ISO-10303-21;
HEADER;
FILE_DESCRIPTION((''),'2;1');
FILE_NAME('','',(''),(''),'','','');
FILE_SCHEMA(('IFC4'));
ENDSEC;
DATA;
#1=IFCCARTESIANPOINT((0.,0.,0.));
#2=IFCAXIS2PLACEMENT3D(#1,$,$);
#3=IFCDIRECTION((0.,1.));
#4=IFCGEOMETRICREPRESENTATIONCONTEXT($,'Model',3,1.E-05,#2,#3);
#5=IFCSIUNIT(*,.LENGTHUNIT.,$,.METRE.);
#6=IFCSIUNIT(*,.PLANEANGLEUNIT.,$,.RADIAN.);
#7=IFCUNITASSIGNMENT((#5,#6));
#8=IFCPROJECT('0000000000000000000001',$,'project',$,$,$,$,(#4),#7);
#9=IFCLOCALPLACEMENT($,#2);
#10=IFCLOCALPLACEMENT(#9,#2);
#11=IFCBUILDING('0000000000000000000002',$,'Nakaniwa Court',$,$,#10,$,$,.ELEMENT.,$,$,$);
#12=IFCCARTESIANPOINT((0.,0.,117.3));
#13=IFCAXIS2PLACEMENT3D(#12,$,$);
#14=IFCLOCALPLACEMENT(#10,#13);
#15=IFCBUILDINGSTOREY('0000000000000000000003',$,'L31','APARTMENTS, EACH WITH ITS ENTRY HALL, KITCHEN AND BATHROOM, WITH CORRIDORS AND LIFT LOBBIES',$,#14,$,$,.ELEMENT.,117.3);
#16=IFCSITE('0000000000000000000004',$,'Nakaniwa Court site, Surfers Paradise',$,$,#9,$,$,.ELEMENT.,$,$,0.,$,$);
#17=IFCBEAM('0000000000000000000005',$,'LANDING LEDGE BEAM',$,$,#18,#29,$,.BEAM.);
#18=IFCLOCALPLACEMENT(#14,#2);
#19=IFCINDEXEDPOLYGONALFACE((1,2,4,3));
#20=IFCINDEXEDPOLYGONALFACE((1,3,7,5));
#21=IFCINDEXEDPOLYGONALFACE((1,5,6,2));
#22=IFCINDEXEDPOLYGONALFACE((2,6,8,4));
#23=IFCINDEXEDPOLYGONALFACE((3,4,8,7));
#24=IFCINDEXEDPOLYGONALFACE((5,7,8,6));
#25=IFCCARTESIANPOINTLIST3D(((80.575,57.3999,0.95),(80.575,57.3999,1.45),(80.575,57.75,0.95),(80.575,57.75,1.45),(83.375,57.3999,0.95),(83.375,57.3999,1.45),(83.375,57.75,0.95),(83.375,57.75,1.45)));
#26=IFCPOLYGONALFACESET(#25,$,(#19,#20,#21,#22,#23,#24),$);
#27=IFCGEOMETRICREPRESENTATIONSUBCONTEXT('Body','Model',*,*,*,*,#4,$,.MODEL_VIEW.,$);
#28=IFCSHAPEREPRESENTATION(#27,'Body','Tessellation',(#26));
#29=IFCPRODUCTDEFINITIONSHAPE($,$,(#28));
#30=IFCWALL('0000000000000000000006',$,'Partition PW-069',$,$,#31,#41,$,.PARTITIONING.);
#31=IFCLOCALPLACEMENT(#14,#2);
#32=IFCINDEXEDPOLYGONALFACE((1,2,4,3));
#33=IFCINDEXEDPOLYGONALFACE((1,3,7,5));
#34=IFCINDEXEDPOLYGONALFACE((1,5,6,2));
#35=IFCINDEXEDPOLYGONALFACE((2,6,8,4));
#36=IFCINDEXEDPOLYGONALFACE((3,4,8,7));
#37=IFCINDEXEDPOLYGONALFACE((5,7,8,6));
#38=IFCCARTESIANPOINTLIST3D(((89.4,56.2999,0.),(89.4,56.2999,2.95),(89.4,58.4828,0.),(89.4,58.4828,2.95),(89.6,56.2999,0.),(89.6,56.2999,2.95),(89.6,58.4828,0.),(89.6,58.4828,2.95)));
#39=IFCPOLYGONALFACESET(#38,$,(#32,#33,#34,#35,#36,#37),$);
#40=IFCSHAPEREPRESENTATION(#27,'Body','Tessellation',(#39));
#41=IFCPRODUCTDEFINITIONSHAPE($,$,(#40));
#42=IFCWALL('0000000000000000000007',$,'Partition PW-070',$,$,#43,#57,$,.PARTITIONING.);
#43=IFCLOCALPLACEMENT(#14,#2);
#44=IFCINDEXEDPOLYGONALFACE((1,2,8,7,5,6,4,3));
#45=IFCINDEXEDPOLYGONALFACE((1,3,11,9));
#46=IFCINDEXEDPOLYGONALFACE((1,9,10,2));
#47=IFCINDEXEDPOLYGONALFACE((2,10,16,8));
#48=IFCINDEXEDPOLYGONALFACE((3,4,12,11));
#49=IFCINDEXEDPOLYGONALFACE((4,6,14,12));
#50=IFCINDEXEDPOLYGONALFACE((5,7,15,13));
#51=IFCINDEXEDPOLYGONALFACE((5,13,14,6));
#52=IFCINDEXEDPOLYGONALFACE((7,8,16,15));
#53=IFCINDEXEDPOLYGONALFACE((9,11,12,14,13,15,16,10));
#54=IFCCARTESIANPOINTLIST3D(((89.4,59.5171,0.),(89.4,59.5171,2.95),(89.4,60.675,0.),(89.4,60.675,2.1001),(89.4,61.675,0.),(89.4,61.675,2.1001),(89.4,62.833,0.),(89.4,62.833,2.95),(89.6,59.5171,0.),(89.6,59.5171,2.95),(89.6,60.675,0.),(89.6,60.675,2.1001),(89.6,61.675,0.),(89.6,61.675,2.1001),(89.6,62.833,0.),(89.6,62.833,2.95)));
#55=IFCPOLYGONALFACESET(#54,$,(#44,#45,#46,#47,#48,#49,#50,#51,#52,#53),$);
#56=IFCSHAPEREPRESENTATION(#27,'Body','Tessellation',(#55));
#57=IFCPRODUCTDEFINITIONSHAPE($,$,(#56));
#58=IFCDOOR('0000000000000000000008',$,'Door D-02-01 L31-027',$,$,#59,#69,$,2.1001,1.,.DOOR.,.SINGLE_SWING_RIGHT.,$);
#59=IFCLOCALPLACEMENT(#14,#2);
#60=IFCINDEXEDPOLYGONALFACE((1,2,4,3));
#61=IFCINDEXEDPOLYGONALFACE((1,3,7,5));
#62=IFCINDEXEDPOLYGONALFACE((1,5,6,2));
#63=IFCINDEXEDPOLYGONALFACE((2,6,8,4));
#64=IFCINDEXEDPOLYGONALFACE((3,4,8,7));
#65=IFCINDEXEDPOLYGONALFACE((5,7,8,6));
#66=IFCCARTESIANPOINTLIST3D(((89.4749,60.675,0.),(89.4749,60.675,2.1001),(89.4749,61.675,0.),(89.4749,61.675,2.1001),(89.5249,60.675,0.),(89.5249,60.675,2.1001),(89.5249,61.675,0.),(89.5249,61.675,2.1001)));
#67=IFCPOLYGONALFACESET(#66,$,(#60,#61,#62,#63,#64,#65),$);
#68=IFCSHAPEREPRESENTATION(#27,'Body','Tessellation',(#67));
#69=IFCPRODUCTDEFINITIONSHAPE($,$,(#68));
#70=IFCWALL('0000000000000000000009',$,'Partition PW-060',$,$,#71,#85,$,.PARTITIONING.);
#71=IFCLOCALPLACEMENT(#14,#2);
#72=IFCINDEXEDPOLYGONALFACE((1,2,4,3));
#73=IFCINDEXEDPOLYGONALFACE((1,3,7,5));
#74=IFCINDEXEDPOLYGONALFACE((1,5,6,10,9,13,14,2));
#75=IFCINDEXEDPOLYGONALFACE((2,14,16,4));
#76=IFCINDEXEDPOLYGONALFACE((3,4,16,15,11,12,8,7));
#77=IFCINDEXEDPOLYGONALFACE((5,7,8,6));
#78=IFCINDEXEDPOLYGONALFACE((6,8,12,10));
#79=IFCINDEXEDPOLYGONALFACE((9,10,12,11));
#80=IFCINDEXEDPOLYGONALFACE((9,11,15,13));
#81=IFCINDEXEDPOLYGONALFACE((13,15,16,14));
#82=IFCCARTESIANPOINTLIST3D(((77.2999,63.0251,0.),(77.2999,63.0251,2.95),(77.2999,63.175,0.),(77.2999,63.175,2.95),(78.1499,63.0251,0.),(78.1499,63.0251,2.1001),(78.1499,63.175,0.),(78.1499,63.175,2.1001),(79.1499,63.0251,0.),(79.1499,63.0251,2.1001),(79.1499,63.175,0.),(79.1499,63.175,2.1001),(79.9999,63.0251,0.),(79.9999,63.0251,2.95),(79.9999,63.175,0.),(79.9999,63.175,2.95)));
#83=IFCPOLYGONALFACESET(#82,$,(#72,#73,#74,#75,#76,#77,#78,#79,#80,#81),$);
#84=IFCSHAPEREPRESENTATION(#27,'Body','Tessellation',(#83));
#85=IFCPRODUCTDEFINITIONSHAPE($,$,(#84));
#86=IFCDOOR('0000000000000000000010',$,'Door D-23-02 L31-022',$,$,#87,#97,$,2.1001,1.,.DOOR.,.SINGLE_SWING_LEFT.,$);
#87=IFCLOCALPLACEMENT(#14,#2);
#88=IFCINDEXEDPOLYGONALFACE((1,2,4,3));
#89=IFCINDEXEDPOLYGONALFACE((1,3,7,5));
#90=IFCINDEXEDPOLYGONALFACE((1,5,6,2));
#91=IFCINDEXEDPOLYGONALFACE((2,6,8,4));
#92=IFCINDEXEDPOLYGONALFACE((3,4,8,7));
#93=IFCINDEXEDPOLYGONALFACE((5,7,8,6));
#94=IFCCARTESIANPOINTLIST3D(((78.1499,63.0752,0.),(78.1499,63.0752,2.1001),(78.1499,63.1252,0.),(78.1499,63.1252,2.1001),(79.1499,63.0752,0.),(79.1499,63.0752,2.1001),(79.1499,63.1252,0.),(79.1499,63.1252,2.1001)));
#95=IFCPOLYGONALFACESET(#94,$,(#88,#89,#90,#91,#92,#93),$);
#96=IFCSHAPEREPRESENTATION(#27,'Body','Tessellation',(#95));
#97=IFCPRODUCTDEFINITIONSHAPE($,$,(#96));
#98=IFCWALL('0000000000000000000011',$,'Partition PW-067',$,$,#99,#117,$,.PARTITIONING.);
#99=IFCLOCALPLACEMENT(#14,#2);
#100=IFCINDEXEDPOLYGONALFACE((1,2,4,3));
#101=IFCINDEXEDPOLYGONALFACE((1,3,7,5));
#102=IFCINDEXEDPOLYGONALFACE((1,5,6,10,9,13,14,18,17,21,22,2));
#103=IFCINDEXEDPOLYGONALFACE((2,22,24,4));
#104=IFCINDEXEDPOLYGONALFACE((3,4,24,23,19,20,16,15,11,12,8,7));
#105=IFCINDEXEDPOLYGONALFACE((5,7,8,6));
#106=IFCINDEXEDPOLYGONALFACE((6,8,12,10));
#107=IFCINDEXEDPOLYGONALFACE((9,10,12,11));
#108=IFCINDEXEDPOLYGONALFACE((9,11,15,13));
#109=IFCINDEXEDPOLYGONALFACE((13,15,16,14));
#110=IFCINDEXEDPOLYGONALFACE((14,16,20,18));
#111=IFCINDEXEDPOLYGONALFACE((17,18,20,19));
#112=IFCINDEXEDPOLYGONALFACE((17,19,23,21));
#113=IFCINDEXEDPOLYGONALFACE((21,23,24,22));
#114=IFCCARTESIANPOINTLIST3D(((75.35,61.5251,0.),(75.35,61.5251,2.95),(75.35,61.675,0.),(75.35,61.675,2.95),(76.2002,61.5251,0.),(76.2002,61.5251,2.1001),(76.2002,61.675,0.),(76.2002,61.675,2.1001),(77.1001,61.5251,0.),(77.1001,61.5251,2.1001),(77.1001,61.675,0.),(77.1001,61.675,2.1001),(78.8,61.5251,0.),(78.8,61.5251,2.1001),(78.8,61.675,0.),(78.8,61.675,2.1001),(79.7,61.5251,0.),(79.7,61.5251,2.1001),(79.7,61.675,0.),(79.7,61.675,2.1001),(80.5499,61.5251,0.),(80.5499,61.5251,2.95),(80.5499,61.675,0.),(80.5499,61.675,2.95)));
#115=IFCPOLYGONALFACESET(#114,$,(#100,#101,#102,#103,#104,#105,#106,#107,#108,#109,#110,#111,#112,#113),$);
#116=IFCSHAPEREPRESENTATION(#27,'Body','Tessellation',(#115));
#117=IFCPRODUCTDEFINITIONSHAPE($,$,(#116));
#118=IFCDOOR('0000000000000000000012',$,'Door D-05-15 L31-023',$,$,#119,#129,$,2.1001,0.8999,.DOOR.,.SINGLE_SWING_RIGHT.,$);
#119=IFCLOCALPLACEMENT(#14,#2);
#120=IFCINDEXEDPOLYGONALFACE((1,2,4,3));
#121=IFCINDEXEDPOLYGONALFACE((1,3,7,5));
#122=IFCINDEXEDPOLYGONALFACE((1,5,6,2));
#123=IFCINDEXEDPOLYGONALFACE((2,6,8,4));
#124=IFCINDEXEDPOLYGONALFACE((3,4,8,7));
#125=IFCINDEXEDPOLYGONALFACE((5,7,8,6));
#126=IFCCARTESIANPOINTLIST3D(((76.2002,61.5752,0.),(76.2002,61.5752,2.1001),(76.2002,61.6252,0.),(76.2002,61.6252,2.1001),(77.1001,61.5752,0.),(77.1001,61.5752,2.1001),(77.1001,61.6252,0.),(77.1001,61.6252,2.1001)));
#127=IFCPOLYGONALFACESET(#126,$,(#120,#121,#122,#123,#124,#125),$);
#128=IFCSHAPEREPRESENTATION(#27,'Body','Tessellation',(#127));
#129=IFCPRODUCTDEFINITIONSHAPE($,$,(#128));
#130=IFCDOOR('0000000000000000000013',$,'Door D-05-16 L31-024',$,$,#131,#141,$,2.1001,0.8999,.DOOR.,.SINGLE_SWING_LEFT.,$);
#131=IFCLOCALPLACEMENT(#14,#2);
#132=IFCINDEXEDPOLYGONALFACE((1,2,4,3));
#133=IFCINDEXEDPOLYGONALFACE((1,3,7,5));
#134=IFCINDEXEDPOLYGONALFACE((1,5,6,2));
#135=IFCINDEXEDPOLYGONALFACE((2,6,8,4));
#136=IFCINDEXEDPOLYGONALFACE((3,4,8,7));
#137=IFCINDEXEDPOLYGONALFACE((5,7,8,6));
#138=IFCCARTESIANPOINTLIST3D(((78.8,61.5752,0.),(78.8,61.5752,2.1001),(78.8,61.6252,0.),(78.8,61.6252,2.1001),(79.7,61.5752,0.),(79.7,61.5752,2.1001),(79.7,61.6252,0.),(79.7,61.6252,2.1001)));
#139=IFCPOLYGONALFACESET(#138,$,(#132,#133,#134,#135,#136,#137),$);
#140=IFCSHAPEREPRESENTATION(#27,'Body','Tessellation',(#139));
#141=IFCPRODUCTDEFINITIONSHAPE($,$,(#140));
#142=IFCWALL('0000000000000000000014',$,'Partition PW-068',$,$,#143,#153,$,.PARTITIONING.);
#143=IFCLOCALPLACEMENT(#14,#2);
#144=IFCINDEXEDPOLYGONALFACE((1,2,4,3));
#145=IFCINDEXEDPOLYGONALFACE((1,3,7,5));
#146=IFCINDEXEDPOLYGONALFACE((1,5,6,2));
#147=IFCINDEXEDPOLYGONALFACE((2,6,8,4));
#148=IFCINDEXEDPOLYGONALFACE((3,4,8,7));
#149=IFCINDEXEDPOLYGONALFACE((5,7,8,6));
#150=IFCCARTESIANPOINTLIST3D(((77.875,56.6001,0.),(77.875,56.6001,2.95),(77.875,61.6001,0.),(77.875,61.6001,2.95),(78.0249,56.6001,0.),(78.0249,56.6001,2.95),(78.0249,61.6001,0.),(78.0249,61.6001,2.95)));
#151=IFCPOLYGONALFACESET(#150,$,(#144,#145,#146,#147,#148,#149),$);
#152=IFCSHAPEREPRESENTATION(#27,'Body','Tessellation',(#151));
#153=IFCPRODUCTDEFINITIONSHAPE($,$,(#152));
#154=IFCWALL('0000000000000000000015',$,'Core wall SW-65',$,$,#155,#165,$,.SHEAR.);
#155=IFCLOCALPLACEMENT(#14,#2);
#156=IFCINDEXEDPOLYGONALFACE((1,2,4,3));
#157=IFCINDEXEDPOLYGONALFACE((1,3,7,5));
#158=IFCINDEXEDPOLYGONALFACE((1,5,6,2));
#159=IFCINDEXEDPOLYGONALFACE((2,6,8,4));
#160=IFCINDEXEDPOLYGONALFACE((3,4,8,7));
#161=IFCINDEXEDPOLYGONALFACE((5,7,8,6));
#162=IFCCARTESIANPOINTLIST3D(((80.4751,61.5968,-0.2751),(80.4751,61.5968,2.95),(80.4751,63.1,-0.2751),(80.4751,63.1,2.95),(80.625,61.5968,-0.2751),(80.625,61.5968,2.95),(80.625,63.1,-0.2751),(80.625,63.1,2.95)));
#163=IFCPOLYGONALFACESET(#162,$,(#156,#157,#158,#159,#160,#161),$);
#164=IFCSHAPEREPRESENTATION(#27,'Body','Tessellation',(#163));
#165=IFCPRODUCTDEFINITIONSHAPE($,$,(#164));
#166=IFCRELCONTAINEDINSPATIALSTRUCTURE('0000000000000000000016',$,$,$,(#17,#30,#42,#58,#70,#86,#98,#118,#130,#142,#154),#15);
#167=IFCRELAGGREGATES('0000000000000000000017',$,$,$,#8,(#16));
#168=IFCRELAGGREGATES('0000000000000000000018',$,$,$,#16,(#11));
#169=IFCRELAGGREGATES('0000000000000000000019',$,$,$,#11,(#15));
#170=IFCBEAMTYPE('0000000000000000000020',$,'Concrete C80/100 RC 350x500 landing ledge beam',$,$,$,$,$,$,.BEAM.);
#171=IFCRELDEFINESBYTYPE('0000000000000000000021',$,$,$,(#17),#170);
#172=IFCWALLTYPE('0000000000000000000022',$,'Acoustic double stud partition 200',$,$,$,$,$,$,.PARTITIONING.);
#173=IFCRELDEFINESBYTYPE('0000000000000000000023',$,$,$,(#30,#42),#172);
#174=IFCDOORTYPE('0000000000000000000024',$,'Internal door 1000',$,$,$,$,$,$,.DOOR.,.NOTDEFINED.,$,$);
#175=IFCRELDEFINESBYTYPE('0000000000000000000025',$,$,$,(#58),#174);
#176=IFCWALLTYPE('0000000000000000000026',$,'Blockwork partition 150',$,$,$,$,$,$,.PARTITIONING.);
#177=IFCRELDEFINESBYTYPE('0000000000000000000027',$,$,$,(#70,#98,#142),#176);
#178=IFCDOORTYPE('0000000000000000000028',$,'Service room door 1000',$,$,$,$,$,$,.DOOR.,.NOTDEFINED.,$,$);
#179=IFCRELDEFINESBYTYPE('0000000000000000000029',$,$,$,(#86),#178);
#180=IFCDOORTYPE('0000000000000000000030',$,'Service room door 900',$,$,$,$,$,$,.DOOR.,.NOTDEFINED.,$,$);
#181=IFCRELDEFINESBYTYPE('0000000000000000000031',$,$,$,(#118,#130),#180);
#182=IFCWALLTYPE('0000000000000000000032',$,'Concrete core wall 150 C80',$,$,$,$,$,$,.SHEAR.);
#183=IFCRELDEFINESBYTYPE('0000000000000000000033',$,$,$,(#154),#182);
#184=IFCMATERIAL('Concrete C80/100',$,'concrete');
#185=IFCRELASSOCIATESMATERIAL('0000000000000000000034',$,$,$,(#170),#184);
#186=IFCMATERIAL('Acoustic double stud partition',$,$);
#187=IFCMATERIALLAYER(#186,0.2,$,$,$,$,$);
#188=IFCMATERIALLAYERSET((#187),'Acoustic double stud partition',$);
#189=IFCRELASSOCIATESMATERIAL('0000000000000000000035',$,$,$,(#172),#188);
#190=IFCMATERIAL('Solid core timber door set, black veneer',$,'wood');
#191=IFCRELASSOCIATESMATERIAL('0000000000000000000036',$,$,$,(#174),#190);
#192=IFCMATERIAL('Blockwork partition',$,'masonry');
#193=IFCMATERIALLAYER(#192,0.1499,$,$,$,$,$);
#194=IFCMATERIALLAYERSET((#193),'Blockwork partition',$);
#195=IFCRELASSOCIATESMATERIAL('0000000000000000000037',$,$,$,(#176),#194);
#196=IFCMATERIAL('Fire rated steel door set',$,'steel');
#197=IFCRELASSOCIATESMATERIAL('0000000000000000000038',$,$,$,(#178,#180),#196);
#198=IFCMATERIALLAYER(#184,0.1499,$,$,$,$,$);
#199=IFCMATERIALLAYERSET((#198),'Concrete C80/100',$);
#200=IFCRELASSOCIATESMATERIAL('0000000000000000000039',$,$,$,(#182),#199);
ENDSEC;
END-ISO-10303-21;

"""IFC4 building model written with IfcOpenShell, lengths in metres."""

from ifc_helpers import new_model, si_unit, direction, frame, frame_2d, origin, origin_2d, place, context, subcontext, project, spatial, rectangle, extrude, material, layer, layer_set, material_profile, profile_set, type_object, element, fill, save


model = new_model("IFC4")

# Units and contexts
model_context = context("Model", 3, precision=1e-05, world=origin(), true_north=direction((0.0, 1.0)))
body_context = subcontext(model_context, "Body", "Model", "MODEL_VIEW")
ifc_project = project(units=[si_unit("LENGTHUNIT", "METRE"), si_unit("PLANEANGLEUNIT", "RADIAN")], contexts=[model_context])

# Site, building, storey
site_placement = place(None, origin())
site = spatial("IfcSite", under=ifc_project, at=site_placement, Name="Nakaniwa Court site, Surfers Paradise", CompositionType="ELEMENT", RefElevation=0.0)
building_placement = place(site_placement, origin())
building = spatial("IfcBuilding", under=site, at=building_placement, Name="Nakaniwa Court", CompositionType="ELEMENT")
storey_placement = place(building_placement, frame((0.0, 0.0, 117.3)))
storey = spatial("IfcBuildingStorey", under=building, at=storey_placement, Name="L31", Description="APARTMENTS, EACH WITH ITS ENTRY HALL, KITCHEN AND BATHROOM, WITH CORRIDORS AND LIFT LOBBIES", CompositionType="ELEMENT", Elevation=117.3)

# Beam
ifc_material_1 = material(Name="Concrete C80/100", Category="concrete")
ifc_material_profile = material_profile(ifc_material_1, rectangle(XDim=0.3501, YDim=0.5, at=origin_2d()), Name="Concrete C80/100 RC 350x500 landing ledge beam")
ifc_profile_set = profile_set([ifc_material_profile], Name="Concrete C80/100")
beam_type = type_object("IfcBeamType", Name="Concrete C80/100 RC 350x500 landing ledge beam", PredefinedType="BEAM", material=ifc_profile_set)
beam_placement = place(storey_placement, frame((80.575, 57.575, 1.2), z_axis=(1.0, 0.0, 0.0), x_axis=(0.0, 1.0, 0.0)))
element("IfcBeam", 1, at=beam_placement, inside=storey, type_object=beam_type, Name="LANDING LEDGE BEAM", PredefinedType="BEAM", context=body_context, shape_type="SweptSolid", body=[
    extrude(rectangle(XDim=0.3501, YDim=0.5, at=origin_2d()), origin(), (0.0, 0.0, 1.0), 2.8),
])

# Wall
ifc_material_2 = material(Name="Acoustic double stud partition")
ifc_layer_1 = layer(ifc_material_2, 0.2)
ifc_layer_set_1 = layer_set([ifc_layer_1], Name="Acoustic double stud partition")
wall_type_1 = type_object("IfcWallType", Name="Acoustic double stud partition 200", PredefinedType="PARTITIONING", material=ifc_layer_set_1)
wall_1_placement = place(storey_placement, frame((89.5, 56.3, 0.0), z_axis=(0.0, 0.0, 1.0), x_axis=(0.0, 1.0, 0.0)))
element("IfcWall", 2, at=wall_1_placement, inside=storey, type_object=wall_type_1, Name="Partition PW-069", PredefinedType="PARTITIONING", context=body_context, shape_type="SweptSolid", body=[
    extrude(rectangle(XDim=2.1829, YDim=0.2, at=frame_2d((1.0913, 0.0))), origin(), (0.0, 0.0, 1.0), 2.95),
])

# Walls, openings, doors
wall_2_placement = place(storey_placement, frame((89.5, 62.833, 0.0), z_axis=(0.0, 0.0, 1.0), x_axis=(0.0, -1.0, 0.0)))
wall_2 = element("IfcWall", 3, at=wall_2_placement, inside=storey, type_object=wall_type_1, Name="Partition PW-070", PredefinedType="PARTITIONING", context=body_context, shape_type="SweptSolid", body=[
    extrude(rectangle(XDim=3.3159, YDim=0.2, at=frame_2d((1.658, 0.0))), origin(), (0.0, 0.0, 1.0), 2.95),
])
opening_1_placement = place(wall_2_placement, frame((1.158, 0.0, 0.0)))
opening_1 = element("IfcOpeningElement", 4, at=opening_1_placement, cuts=wall_2, PredefinedType="OPENING", context=body_context, shape_type="SweptSolid", body=[
    extrude(rectangle(XDim=1.0, YDim=2.1001, at=frame_2d((0.5, 1.05))), frame((0.0, 0.1099, 0.0), z_axis=(0.0, -1.0, 0.0), x_axis=(1.0, 0.0, 0.0)), (0.0, 0.0, 1.0), 0.22),
])
ifc_material_3 = material(Name="Solid core timber door set, black veneer", Category="wood")
door_type_1 = type_object("IfcDoorType", Name="Internal door 1000", OperationType="NOTDEFINED", PredefinedType="DOOR", material=ifc_material_3)
door_1_placement = place(opening_1_placement, origin())
door_1 = element("IfcDoor", 5, at=door_1_placement, inside=storey, type_object=door_type_1, Name="Door D-02-01 L31-027", OperationType="SINGLE_SWING_RIGHT", OverallHeight=2.1001, OverallWidth=1.0, PredefinedType="DOOR", context=body_context, shape_type="SweptSolid", body=[
    extrude(rectangle(XDim=1.0, YDim=2.1001, at=frame_2d((0.5, 1.05))), frame((0.0, 0.0249, 0.0), z_axis=(0.0, -1.0, 0.0), x_axis=(1.0, 0.0, 0.0)), (0.0, 0.0, 1.0), 0.05),
])
fill(opening_1, door_1)
ifc_material_4 = material(Name="Blockwork partition", Category="masonry")
ifc_layer_2 = layer(ifc_material_4, 0.1499)
ifc_layer_set_2 = layer_set([ifc_layer_2], Name="Blockwork partition")
wall_type_2 = type_object("IfcWallType", Name="Blockwork partition 150", PredefinedType="PARTITIONING", material=ifc_layer_set_2)
wall_3_placement = place(storey_placement, frame((80.0, 63.1001, 0.0), z_axis=(0.0, 0.0, 1.0), x_axis=(-1.0, 0.0, 0.0)))
wall_3 = element("IfcWall", 6, at=wall_3_placement, inside=storey, type_object=wall_type_2, Name="Partition PW-060", PredefinedType="PARTITIONING", context=body_context, shape_type="SweptSolid", body=[
    extrude(rectangle(XDim=2.7, YDim=0.1499, at=frame_2d((1.3501, 0.0))), origin(), (0.0, 0.0, 1.0), 2.95),
])
opening_2_placement = place(wall_3_placement, frame((0.8501, 0.0, 0.0)))
opening_2 = element("IfcOpeningElement", 7, at=opening_2_placement, cuts=wall_3, PredefinedType="OPENING", context=body_context, shape_type="SweptSolid", body=[
    extrude(rectangle(XDim=1.0, YDim=2.1001, at=frame_2d((0.5, 1.05))), frame((0.0, 0.085, 0.0), z_axis=(0.0, -1.0, 0.0), x_axis=(1.0, 0.0, 0.0)), (0.0, 0.0, 1.0), 0.1699),
])
ifc_material_5 = material(Name="Fire rated steel door set", Category="steel")
door_type_2 = type_object("IfcDoorType", Name="Service room door 1000", OperationType="NOTDEFINED", PredefinedType="DOOR", material=ifc_material_5)
door_2_placement = place(opening_2_placement, origin())
door_2 = element("IfcDoor", 8, at=door_2_placement, inside=storey, type_object=door_type_2, Name="Door D-23-02 L31-022", OperationType="SINGLE_SWING_LEFT", OverallHeight=2.1001, OverallWidth=1.0, PredefinedType="DOOR", context=body_context, shape_type="SweptSolid", body=[
    extrude(rectangle(XDim=1.0, YDim=2.1001, at=frame_2d((0.5, 1.05))), frame((0.0, 0.0249, 0.0), z_axis=(0.0, -1.0, 0.0), x_axis=(1.0, 0.0, 0.0)), (0.0, 0.0, 1.0), 0.05),
])
fill(opening_2, door_2)

# Wall, openings, doors
wall_4_placement = place(storey_placement, frame((80.55, 61.6001, 0.0), z_axis=(0.0, 0.0, 1.0), x_axis=(-1.0, 0.0, 0.0)))
wall_4 = element("IfcWall", 9, at=wall_4_placement, inside=storey, type_object=wall_type_2, Name="Partition PW-067", PredefinedType="PARTITIONING", context=body_context, shape_type="SweptSolid", body=[
    extrude(rectangle(XDim=5.2, YDim=0.1499, at=frame_2d((2.6001, 0.0))), origin(), (0.0, 0.0, 1.0), 2.95),
])
opening_3_placement = place(wall_4_placement, frame((3.45, 0.0, 0.0)))
opening_3 = element("IfcOpeningElement", 10, at=opening_3_placement, cuts=wall_4, PredefinedType="OPENING", context=body_context, shape_type="SweptSolid", body=[
    extrude(rectangle(XDim=0.8999, YDim=2.1001, at=frame_2d((0.45, 1.05))), frame((0.0, 0.085, 0.0), z_axis=(0.0, -1.0, 0.0), x_axis=(1.0, 0.0, 0.0)), (0.0, 0.0, 1.0), 0.1699),
])
opening_4_placement = place(wall_4_placement, frame((0.8501, 0.0, 0.0)))
opening_4 = element("IfcOpeningElement", 11, at=opening_4_placement, cuts=wall_4, PredefinedType="OPENING", context=body_context, shape_type="SweptSolid", body=[
    extrude(rectangle(XDim=0.8999, YDim=2.1001, at=frame_2d((0.45, 1.05))), frame((0.0, 0.085, 0.0), z_axis=(0.0, -1.0, 0.0), x_axis=(1.0, 0.0, 0.0)), (0.0, 0.0, 1.0), 0.1699),
])
door_type_3 = type_object("IfcDoorType", Name="Service room door 900", OperationType="NOTDEFINED", PredefinedType="DOOR", material=ifc_material_5)
door_3_placement = place(opening_3_placement, origin())
door_3 = element("IfcDoor", 12, at=door_3_placement, inside=storey, type_object=door_type_3, Name="Door D-05-15 L31-023", OperationType="SINGLE_SWING_RIGHT", OverallHeight=2.1001, OverallWidth=0.8999, PredefinedType="DOOR", context=body_context, shape_type="SweptSolid", body=[
    extrude(rectangle(XDim=0.8999, YDim=2.1001, at=frame_2d((0.45, 1.05))), frame((0.0, 0.0249, 0.0), z_axis=(0.0, -1.0, 0.0), x_axis=(1.0, 0.0, 0.0)), (0.0, 0.0, 1.0), 0.05),
])
fill(opening_3, door_3)
door_4_placement = place(opening_4_placement, origin())
door_4 = element("IfcDoor", 13, at=door_4_placement, inside=storey, type_object=door_type_3, Name="Door D-05-16 L31-024", OperationType="SINGLE_SWING_LEFT", OverallHeight=2.1001, OverallWidth=0.8999, PredefinedType="DOOR", context=body_context, shape_type="SweptSolid", body=[
    extrude(rectangle(XDim=0.8999, YDim=2.1001, at=frame_2d((0.45, 1.05))), frame((0.0, 0.0249, 0.0), z_axis=(0.0, -1.0, 0.0), x_axis=(1.0, 0.0, 0.0)), (0.0, 0.0, 1.0), 0.05),
])
fill(opening_4, door_4)

# Walls
wall_5_placement = place(storey_placement, frame((77.95, 56.6001, 0.0), z_axis=(0.0, 0.0, 1.0), x_axis=(0.0, 1.0, 0.0)))
element("IfcWall", 14, at=wall_5_placement, inside=storey, type_object=wall_type_2, Name="Partition PW-068", PredefinedType="PARTITIONING", context=body_context, shape_type="SweptSolid", body=[
    extrude(rectangle(XDim=5.0, YDim=0.1499, at=frame_2d((2.5, 0.0))), origin(), (0.0, 0.0, 1.0), 2.95),
])
ifc_layer_3 = layer(ifc_material_1, 0.1499)
ifc_layer_set_3 = layer_set([ifc_layer_3], Name="Concrete C80/100")
wall_type_3 = type_object("IfcWallType", Name="Concrete core wall 150 C80", PredefinedType="SHEAR", material=ifc_layer_set_3)
wall_6_placement = place(storey_placement, frame((80.55, 61.5969, -0.2751), z_axis=(0.0, 0.0, 1.0), x_axis=(0.0, 1.0, 0.0)))
element("IfcWall", 15, at=wall_6_placement, inside=storey, type_object=wall_type_3, Name="Core wall SW-65", PredefinedType="SHEAR", context=body_context, shape_type="SweptSolid", body=[
    extrude(rectangle(XDim=1.5032, YDim=0.1499, at=frame_2d((0.7515, 0.0))), origin(), (0.0, 0.0, 1.0), 3.2251),
])

save(model, "model.ifc")
